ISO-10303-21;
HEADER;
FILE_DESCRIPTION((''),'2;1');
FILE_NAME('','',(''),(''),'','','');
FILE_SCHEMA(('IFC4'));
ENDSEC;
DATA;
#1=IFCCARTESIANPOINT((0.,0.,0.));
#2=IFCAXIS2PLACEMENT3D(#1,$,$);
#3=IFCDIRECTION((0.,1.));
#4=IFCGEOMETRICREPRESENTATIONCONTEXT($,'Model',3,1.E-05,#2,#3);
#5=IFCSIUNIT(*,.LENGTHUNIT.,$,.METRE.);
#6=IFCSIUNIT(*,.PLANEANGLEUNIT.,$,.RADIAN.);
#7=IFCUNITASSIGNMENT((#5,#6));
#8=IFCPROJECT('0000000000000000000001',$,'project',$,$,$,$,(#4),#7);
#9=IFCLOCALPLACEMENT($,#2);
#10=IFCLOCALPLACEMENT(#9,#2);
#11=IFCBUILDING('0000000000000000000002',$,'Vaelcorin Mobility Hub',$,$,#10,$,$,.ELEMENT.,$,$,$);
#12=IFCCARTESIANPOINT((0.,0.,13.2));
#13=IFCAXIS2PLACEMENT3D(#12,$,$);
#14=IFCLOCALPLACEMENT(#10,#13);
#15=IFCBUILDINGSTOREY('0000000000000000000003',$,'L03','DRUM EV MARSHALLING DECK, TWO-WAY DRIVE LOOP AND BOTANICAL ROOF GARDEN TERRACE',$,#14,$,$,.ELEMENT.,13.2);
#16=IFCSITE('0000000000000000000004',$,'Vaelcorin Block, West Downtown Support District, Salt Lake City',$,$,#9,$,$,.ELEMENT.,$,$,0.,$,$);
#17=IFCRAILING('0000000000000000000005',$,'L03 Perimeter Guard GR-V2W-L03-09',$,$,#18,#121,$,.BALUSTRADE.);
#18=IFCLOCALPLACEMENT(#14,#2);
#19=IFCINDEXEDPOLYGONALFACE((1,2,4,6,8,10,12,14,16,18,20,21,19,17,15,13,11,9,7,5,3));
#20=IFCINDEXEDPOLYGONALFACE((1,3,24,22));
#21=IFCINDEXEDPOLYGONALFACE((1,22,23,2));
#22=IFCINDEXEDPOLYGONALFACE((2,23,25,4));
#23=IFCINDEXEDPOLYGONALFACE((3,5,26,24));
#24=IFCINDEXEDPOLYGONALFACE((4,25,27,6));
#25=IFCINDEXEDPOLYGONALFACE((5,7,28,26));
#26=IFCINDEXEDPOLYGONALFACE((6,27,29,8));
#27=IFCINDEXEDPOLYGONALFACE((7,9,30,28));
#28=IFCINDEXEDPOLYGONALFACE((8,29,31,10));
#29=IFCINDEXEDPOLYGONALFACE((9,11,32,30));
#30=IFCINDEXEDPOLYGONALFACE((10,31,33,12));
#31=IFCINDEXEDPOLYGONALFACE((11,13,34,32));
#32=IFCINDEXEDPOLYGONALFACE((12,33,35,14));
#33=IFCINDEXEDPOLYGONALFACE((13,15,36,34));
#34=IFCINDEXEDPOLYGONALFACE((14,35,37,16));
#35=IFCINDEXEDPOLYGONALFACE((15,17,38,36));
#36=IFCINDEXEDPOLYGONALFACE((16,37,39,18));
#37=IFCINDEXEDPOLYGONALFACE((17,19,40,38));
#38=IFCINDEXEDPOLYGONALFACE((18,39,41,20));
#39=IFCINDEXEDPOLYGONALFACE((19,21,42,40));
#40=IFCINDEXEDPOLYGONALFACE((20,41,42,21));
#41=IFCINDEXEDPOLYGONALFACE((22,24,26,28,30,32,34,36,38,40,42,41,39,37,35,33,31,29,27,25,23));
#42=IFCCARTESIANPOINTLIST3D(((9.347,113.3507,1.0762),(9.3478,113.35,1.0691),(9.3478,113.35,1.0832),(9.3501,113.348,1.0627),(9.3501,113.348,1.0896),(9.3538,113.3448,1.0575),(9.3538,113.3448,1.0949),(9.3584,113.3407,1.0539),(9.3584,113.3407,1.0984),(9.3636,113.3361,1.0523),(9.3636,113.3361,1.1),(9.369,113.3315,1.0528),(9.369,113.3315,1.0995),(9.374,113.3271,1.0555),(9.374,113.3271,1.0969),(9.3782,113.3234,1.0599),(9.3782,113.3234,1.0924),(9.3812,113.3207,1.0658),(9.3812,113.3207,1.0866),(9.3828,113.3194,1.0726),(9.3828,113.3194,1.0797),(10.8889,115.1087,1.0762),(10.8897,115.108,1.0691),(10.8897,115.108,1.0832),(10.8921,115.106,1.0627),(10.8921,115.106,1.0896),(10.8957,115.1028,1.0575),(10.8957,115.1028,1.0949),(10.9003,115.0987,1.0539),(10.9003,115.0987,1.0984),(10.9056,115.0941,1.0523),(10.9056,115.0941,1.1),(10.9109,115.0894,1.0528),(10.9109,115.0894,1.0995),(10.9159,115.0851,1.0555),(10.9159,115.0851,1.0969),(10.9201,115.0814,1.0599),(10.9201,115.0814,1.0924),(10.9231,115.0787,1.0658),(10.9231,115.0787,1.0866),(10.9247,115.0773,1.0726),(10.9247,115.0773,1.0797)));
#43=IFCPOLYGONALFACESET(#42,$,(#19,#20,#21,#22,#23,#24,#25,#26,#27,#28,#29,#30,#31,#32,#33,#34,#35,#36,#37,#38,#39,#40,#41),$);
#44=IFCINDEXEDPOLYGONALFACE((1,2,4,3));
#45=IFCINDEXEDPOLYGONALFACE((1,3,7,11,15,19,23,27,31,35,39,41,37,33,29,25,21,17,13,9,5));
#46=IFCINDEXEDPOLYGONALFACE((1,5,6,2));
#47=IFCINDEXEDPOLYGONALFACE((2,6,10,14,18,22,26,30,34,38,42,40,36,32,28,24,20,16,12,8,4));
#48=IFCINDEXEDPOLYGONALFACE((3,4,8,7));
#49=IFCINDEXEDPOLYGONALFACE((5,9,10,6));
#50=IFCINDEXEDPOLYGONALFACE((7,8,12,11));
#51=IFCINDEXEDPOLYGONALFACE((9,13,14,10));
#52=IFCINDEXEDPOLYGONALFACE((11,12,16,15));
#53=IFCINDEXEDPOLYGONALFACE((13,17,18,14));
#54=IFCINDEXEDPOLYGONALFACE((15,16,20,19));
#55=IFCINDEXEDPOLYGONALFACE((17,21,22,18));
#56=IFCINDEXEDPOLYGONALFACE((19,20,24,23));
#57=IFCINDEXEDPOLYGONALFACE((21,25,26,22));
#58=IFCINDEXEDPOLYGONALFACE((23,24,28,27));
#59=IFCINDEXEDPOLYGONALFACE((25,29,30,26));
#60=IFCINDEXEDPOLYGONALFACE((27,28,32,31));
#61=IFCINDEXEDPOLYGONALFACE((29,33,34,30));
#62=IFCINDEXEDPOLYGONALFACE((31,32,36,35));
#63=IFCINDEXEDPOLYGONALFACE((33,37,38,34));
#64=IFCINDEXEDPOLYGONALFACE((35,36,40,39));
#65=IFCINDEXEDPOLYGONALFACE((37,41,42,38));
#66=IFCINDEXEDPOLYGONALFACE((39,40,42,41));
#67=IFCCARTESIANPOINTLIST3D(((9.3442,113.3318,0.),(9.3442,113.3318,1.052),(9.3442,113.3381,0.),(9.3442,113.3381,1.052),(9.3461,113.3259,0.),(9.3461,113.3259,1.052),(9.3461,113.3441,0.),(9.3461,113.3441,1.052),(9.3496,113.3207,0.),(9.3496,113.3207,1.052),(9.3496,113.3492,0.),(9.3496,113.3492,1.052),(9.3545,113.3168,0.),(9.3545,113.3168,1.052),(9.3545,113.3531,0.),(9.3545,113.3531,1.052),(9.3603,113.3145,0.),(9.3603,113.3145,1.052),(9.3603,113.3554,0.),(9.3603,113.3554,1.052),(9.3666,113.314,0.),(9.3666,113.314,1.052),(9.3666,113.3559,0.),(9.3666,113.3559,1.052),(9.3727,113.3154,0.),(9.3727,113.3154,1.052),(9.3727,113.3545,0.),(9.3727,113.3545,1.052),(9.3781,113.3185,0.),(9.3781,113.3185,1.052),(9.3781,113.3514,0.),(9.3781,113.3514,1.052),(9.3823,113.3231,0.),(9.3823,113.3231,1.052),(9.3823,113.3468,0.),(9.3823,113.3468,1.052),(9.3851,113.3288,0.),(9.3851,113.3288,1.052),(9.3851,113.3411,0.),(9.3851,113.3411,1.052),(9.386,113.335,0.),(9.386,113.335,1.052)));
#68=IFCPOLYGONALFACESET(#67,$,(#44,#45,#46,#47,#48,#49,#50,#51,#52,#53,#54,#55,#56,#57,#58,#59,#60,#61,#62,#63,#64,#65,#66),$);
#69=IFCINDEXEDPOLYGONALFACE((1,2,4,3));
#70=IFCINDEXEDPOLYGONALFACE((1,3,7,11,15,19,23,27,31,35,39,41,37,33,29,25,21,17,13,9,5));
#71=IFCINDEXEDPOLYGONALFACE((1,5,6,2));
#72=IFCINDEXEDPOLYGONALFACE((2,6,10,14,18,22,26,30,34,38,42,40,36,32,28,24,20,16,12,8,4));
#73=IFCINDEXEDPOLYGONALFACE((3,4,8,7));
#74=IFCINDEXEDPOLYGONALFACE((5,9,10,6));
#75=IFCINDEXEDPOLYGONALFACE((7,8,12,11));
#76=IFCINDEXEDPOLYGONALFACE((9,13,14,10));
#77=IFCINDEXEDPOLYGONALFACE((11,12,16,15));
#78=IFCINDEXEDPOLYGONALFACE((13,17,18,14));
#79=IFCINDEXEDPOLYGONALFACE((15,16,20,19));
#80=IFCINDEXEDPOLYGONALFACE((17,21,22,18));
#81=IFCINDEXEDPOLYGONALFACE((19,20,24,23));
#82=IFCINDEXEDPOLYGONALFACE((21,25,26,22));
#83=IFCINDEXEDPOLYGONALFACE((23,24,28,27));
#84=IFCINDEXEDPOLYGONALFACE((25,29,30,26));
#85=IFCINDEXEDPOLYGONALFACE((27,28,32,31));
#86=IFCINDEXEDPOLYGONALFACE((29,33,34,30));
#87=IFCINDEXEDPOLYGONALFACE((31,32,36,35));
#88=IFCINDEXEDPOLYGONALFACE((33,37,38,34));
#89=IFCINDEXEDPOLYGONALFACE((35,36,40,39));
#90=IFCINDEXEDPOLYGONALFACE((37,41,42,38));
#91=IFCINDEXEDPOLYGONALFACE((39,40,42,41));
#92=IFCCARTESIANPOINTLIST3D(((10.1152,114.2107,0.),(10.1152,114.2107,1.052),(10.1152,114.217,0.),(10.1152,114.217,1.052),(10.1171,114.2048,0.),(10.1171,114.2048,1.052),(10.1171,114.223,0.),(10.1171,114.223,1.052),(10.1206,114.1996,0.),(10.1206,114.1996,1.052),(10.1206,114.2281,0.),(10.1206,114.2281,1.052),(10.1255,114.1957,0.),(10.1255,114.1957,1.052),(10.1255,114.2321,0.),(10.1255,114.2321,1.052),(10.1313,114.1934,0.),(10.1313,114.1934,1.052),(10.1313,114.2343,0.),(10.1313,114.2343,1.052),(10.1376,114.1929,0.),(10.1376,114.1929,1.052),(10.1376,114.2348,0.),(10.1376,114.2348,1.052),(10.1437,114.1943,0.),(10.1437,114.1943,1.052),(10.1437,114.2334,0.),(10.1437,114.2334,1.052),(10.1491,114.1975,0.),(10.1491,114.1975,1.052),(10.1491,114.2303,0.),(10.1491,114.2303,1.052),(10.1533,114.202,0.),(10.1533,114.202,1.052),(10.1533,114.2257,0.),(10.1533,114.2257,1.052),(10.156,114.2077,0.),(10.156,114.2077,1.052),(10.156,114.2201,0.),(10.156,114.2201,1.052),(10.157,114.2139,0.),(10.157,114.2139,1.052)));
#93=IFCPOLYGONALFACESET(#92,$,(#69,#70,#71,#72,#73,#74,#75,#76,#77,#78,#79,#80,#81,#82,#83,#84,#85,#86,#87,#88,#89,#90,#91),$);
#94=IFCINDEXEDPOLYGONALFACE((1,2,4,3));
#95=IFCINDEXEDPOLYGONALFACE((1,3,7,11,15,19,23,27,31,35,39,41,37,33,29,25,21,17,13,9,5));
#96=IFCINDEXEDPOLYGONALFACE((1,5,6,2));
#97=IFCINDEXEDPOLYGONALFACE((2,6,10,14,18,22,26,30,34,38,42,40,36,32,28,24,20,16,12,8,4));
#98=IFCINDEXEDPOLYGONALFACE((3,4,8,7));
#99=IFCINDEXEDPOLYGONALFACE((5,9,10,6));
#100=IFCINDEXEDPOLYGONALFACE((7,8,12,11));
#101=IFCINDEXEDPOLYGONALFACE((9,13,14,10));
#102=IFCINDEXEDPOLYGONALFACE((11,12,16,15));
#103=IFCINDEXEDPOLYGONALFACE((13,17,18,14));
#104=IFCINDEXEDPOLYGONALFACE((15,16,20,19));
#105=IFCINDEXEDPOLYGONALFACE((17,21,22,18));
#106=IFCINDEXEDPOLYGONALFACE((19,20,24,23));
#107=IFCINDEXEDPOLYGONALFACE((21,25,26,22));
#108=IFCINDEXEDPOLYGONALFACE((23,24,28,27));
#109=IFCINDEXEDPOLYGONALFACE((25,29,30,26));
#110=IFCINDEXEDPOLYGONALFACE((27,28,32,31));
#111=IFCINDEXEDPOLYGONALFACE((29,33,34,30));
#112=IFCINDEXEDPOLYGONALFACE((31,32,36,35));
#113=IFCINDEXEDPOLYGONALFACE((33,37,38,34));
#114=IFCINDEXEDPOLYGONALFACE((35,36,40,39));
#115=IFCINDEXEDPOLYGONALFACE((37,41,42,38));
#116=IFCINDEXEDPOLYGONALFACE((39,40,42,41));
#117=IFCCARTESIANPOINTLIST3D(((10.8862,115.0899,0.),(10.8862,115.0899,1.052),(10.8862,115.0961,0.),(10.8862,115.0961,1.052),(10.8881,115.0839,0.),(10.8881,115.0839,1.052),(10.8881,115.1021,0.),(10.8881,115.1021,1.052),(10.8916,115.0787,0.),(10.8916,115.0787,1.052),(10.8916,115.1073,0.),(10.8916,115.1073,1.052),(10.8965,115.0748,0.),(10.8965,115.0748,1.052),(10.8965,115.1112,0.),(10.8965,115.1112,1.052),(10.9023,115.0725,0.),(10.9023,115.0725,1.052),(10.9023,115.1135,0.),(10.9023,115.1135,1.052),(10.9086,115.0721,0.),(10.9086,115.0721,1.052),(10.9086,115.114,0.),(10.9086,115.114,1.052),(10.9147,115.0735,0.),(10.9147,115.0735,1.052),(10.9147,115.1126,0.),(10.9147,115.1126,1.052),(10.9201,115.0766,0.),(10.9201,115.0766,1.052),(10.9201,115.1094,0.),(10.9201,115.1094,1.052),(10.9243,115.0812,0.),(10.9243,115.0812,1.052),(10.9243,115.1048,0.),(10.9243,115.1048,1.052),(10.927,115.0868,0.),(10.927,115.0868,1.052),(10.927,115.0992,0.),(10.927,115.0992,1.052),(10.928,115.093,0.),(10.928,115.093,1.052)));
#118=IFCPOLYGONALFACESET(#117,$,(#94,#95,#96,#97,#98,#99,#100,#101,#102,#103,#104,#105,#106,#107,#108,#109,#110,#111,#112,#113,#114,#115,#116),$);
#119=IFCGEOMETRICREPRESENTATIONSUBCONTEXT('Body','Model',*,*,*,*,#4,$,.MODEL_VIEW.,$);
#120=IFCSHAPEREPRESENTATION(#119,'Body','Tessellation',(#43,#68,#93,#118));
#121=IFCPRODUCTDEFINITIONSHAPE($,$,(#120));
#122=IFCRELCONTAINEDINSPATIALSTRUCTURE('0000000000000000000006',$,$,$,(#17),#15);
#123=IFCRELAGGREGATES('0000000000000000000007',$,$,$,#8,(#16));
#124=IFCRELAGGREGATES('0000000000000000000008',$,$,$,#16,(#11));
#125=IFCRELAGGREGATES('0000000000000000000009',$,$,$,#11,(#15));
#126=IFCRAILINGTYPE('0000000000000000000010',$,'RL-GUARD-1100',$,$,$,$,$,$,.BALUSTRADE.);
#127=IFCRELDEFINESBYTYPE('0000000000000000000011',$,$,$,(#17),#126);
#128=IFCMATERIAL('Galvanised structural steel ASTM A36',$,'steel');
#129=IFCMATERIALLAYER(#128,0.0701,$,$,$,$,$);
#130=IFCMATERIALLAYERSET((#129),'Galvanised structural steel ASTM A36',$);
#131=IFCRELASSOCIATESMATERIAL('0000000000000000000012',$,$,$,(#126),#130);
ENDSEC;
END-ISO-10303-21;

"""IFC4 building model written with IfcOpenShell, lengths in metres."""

from ifc_helpers import new_model, si_unit, direction, frame, origin, origin_2d, place, context, subcontext, project, spatial, circle, extrude, material, layer, layer_set, type_object, element, save


model = new_model("IFC4")

# Units and contexts
model_context = context("Model", 3, precision=1e-05, world=origin(), true_north=direction((0.0, 1.0)))
body_context = subcontext(model_context, "Body", "Model", "MODEL_VIEW")
ifc_project = project(units=[si_unit("LENGTHUNIT", "METRE"), si_unit("PLANEANGLEUNIT", "RADIAN")], contexts=[model_context])

# Site, building, storey
site_placement = place(None, origin())
site = spatial("IfcSite", under=ifc_project, at=site_placement, Name="Vaelcorin Block, West Downtown Support District, Salt Lake City", CompositionType="ELEMENT", RefElevation=0.0)
building_placement = place(site_placement, origin())
building = spatial("IfcBuilding", under=site, at=building_placement, Name="Vaelcorin Mobility Hub", CompositionType="ELEMENT")
storey_placement = place(building_placement, frame((0.0, 0.0, 13.2)))
storey = spatial("IfcBuildingStorey", under=building, at=storey_placement, Name="L03", Description="DRUM EV MARSHALLING DECK, TWO-WAY DRIVE LOOP AND BOTANICAL ROOF GARDEN TERRACE", CompositionType="ELEMENT", Elevation=13.2)

# Railing
ifc_material_1 = material(Name="Galvanised structural steel ASTM A36", Category="steel")
ifc_layer_1 = layer(ifc_material_1, 0.0701)
ifc_layer_set_1 = layer_set([ifc_layer_1], Name="Galvanised structural steel ASTM A36")
railing_type = type_object("IfcRailingType", Name="RL-GUARD-1100", PredefinedType="BALUSTRADE", material=ifc_layer_set_1)
railing_1_placement = place(storey_placement, frame((9.365, 113.335, 0.0)))
element("IfcRailing", 1, at=railing_1_placement, inside=storey, type_object=railing_type, Name="L03 Perimeter Guard GR-V2W-L03-09", PredefinedType="BALUSTRADE", context=body_context, shape_type="SweptSolid", body=[
    extrude(circle(Radius=0.0239, at=origin_2d()), frame((0.0, 0.0, 1.0762), z_axis=(0.659398, 0.751794, 0.0), x_axis=(-0.751794, 0.659398, 0.0)), (0.0, 0.0, 1.0), 2.3384),
    extrude(circle(Radius=0.021, at=origin_2d()), origin(), (0.0, 0.0, 1.0), 1.052),
    extrude(circle(Radius=0.021, at=origin_2d()), frame((0.771, 0.8789, 0.0)), (0.0, 0.0, 1.0), 1.052),
    extrude(circle(Radius=0.021, at=origin_2d()), frame((1.542, 1.7581, 0.0)), (0.0, 0.0, 1.0), 1.052),
])

save(model, "model.ifc")
